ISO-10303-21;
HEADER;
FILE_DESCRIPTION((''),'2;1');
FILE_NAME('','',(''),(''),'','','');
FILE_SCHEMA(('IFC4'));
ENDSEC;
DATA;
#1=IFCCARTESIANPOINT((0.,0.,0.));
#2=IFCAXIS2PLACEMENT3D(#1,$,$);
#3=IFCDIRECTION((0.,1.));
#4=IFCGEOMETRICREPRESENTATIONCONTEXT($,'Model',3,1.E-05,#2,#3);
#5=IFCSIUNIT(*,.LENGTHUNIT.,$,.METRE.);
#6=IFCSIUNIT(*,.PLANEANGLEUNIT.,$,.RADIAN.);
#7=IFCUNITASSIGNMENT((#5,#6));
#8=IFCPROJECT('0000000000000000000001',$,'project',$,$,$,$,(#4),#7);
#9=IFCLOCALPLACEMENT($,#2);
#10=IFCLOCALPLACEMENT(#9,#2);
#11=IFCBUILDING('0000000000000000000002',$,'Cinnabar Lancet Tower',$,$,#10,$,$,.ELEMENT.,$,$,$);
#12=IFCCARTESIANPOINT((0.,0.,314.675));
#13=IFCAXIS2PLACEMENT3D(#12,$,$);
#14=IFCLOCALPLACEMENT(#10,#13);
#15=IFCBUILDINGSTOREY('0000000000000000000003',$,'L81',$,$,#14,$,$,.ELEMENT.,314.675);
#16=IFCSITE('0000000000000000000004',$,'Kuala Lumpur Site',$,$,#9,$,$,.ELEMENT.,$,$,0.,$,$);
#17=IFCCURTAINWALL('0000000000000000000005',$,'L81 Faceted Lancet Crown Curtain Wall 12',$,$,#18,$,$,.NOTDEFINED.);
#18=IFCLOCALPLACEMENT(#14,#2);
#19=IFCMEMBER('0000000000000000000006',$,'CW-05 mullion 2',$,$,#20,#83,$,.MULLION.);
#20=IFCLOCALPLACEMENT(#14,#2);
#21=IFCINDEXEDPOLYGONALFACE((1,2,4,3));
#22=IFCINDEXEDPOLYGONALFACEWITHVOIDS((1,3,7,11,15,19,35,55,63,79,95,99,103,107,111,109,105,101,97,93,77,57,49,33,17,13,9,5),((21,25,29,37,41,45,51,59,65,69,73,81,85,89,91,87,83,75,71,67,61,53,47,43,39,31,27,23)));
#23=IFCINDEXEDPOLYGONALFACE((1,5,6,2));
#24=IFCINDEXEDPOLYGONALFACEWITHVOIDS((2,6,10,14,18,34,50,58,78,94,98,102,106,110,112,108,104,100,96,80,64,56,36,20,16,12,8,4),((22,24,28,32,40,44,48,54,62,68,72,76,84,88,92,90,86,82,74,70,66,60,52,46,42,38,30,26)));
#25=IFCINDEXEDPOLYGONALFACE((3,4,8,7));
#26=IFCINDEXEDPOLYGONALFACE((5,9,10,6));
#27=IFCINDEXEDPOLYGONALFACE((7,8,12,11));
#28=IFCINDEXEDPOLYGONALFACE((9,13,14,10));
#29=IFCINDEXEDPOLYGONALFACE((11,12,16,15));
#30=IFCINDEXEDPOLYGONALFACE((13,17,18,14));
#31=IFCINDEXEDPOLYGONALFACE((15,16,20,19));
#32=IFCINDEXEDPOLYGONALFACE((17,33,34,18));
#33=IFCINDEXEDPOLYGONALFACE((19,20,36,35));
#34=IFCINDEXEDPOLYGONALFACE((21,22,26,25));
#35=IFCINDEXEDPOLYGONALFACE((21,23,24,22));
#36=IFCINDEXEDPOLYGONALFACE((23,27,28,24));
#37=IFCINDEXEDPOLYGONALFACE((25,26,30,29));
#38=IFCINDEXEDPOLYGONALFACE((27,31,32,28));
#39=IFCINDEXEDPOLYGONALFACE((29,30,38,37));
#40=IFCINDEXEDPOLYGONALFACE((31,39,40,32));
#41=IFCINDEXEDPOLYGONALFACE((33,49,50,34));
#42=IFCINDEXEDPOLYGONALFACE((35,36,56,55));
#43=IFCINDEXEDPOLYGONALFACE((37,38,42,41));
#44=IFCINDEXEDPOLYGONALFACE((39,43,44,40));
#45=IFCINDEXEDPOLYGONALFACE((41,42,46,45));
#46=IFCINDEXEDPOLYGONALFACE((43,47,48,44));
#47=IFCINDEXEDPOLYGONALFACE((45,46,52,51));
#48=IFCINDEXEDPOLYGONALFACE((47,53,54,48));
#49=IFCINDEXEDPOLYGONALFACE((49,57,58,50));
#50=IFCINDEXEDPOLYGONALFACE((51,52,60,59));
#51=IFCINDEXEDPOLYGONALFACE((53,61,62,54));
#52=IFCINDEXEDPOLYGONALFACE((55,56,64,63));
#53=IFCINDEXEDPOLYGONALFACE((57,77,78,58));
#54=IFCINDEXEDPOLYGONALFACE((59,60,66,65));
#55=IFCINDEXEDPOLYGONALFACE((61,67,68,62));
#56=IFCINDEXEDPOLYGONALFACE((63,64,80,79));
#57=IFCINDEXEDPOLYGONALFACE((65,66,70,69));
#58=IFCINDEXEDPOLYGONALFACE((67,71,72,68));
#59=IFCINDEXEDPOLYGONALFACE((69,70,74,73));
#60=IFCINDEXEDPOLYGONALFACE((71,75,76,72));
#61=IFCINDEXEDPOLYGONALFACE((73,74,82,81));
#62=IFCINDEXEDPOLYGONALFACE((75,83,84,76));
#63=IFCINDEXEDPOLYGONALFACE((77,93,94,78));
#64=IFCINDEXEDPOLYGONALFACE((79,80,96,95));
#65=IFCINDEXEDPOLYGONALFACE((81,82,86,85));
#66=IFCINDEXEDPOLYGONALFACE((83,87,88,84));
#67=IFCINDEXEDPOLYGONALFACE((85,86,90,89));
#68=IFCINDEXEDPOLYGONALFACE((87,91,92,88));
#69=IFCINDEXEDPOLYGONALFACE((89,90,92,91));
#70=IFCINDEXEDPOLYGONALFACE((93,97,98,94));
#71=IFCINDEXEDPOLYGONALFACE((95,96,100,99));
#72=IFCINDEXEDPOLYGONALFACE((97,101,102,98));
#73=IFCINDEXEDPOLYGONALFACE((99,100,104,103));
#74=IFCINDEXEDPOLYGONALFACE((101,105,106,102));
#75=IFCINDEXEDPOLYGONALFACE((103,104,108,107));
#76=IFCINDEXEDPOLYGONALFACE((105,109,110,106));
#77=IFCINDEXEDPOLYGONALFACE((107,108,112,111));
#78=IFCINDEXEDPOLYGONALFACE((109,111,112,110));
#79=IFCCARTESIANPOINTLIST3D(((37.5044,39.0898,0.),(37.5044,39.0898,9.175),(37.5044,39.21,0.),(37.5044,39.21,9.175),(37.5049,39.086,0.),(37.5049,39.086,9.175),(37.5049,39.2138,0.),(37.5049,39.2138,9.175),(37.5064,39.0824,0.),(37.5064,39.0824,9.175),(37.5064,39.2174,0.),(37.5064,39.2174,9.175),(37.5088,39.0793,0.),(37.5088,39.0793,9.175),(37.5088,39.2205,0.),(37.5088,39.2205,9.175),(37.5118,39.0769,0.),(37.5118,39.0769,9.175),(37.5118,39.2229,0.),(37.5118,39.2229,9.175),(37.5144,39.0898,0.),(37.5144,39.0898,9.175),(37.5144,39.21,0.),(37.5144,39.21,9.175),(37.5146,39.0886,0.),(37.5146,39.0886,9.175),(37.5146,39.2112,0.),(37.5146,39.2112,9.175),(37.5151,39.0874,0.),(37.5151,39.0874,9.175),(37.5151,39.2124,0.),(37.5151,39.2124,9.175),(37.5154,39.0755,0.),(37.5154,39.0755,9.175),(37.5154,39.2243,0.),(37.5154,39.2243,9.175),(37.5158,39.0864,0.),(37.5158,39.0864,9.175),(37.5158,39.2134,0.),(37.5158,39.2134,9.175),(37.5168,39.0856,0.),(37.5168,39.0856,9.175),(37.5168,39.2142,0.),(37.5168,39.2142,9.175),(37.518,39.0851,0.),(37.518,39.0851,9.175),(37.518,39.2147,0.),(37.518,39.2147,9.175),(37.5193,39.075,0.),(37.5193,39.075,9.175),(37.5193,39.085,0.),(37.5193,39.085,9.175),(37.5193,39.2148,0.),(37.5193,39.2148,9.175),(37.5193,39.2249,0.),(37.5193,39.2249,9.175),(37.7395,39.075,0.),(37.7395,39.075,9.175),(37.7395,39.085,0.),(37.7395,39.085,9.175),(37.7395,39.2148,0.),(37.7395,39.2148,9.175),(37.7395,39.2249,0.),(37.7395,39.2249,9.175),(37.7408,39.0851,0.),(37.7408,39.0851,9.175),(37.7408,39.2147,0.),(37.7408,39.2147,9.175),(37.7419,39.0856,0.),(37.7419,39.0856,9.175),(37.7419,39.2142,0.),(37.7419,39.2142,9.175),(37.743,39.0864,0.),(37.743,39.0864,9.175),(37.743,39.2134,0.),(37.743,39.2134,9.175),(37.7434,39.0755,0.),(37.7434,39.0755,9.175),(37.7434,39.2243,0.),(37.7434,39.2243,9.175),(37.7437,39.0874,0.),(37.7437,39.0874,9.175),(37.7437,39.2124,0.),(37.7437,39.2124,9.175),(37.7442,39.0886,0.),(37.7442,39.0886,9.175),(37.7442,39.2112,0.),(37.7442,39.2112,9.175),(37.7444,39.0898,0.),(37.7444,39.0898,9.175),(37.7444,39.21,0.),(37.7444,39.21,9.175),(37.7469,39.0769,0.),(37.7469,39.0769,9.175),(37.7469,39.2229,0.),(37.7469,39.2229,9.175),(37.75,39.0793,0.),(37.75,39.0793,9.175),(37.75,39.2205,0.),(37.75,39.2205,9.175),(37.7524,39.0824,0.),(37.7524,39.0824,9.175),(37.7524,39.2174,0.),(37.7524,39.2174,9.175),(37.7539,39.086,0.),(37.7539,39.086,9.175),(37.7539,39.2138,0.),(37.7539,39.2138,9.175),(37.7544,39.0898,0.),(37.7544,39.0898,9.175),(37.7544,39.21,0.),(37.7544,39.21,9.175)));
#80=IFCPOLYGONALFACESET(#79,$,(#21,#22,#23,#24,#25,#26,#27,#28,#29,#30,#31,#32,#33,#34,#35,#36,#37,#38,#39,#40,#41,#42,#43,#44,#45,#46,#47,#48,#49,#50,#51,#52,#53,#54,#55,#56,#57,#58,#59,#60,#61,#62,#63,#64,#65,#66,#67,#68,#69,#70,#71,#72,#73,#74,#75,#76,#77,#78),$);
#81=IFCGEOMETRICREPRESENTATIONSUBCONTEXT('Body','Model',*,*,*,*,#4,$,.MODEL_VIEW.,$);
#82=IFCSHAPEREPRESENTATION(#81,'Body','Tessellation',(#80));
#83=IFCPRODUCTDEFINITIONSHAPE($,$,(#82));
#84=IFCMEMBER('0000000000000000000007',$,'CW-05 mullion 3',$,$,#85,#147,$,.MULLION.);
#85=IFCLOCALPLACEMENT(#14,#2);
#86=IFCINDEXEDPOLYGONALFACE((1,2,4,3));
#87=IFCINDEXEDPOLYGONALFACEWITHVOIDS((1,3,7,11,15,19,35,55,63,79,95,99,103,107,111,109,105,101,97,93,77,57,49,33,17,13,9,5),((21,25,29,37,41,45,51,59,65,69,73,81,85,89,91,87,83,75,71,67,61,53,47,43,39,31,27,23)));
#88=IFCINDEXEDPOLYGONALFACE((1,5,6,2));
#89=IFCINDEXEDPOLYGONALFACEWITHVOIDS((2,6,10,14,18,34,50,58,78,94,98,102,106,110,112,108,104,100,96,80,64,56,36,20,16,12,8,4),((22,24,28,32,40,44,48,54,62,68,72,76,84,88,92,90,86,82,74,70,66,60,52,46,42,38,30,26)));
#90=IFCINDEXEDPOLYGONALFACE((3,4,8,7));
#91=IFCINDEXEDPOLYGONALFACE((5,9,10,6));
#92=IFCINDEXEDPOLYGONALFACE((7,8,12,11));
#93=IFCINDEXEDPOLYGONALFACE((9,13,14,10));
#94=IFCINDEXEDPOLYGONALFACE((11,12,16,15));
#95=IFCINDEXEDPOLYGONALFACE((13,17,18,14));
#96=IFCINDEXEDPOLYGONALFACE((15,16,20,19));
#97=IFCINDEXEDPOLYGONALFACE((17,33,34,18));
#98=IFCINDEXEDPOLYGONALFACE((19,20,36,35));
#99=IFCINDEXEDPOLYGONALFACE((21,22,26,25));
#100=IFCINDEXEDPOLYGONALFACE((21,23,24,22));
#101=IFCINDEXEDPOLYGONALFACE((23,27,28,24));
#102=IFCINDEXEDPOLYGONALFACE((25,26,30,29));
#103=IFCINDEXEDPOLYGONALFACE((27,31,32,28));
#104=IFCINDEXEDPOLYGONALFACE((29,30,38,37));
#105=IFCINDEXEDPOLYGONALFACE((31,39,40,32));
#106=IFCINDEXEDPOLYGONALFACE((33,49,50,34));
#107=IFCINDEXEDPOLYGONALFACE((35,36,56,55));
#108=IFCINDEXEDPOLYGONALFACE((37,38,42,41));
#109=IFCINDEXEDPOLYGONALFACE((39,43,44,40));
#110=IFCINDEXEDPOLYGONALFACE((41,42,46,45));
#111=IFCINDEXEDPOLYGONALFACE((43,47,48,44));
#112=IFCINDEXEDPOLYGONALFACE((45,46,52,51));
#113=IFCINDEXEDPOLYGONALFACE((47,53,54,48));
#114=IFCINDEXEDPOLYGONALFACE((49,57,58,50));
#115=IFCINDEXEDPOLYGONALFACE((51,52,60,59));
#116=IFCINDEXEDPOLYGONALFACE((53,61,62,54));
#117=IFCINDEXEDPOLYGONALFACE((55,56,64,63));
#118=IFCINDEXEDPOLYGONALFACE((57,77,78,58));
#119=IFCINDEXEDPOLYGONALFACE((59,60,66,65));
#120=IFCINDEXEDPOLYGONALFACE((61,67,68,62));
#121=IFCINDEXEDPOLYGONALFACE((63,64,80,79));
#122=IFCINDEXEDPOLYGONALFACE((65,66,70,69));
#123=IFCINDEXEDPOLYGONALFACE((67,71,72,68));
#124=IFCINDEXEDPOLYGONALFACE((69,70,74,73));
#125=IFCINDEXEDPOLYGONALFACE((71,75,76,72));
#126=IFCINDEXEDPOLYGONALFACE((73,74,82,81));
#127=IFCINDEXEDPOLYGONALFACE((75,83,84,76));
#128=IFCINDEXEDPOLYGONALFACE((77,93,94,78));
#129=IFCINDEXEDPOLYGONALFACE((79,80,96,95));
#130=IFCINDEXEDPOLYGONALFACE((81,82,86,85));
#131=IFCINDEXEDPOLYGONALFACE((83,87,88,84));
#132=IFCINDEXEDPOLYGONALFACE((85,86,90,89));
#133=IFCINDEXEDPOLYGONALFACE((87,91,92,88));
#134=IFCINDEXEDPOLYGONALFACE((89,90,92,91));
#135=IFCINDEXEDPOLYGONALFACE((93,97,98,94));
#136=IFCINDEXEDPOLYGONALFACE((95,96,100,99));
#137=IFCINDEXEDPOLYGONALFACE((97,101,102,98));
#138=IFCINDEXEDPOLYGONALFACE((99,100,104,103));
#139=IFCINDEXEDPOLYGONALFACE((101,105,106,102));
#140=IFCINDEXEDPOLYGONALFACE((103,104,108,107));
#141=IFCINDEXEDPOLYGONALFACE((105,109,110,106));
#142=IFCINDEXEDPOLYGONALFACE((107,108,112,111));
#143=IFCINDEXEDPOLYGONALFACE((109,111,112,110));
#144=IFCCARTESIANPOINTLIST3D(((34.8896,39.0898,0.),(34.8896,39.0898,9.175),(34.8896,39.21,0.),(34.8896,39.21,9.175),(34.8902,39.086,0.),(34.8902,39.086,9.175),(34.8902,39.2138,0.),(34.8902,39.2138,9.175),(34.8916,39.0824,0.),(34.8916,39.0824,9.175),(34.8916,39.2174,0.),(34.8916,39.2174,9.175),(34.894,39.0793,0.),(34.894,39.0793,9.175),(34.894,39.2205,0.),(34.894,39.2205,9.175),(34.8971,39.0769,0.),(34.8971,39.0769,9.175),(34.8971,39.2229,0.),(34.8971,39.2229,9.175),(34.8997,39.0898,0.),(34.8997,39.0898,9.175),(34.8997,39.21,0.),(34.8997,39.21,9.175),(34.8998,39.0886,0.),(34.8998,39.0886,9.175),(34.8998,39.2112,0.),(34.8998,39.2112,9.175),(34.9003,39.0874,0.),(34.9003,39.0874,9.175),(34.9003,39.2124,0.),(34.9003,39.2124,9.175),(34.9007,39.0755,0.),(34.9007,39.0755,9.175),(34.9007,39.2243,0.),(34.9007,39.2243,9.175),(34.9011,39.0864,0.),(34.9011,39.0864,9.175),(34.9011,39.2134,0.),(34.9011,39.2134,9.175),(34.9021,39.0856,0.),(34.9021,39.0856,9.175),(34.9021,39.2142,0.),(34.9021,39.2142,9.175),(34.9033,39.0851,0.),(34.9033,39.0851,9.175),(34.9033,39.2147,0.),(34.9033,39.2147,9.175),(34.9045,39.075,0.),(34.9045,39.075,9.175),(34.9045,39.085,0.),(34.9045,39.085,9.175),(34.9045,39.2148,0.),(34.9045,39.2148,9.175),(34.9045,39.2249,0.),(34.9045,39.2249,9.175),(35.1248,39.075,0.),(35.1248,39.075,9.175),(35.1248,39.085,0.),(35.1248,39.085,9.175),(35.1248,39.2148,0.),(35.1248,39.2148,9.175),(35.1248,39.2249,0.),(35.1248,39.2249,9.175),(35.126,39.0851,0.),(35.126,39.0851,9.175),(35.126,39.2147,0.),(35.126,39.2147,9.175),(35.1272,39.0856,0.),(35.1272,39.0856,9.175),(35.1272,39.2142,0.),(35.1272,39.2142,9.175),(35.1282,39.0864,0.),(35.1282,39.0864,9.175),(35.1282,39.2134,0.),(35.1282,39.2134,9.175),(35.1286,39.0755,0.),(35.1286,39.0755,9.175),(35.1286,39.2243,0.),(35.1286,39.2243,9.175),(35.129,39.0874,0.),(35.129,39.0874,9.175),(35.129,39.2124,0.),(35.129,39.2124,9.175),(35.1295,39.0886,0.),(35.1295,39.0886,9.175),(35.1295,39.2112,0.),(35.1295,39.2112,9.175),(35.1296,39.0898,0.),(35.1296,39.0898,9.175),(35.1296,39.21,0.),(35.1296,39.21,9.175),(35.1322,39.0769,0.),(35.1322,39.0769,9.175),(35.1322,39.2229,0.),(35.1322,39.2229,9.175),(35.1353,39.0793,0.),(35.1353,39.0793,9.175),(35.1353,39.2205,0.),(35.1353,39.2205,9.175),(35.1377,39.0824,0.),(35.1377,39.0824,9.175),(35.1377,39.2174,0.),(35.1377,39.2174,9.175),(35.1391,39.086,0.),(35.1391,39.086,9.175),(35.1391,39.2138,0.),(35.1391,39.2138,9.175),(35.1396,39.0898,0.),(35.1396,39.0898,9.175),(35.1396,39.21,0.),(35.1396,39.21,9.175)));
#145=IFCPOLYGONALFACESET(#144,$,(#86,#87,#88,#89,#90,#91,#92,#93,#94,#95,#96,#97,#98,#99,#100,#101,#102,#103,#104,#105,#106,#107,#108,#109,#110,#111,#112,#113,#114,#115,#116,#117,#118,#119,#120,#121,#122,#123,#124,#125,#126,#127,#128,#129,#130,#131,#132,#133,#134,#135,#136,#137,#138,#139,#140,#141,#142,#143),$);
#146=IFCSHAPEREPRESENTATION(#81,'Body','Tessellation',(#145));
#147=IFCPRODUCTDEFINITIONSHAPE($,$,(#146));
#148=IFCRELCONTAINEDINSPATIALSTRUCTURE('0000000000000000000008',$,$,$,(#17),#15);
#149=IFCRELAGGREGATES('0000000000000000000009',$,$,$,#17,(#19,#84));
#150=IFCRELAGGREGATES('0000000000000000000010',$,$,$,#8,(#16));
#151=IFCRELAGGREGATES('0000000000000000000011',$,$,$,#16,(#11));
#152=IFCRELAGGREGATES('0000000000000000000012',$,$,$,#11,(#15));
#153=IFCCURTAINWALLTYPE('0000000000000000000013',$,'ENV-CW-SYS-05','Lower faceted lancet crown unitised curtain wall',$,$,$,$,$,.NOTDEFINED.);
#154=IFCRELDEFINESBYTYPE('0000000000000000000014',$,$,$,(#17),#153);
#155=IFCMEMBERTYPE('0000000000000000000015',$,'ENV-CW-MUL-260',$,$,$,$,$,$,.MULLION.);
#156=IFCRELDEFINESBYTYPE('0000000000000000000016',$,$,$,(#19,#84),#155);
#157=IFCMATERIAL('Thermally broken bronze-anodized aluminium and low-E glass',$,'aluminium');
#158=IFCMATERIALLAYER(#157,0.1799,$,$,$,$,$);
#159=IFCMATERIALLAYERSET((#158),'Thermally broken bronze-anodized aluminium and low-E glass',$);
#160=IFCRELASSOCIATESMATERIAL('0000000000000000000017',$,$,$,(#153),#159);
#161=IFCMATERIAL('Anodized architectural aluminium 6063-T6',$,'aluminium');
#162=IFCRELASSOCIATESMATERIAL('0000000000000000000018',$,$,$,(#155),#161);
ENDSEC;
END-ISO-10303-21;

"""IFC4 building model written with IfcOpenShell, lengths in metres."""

from ifc_helpers import new_model, si_unit, direction, frame, origin, origin_2d, place, context, subcontext, project, spatial, hollow_rectangle, extrude, material, layer, layer_set, material_profile, profile_set, type_object, element, aggregate, save


model = new_model("IFC4")

# Units and contexts
model_context = context("Model", 3, precision=1e-05, world=origin(), true_north=direction((0.0, 1.0)))
body_context = subcontext(model_context, "Body", "Model", "MODEL_VIEW")
ifc_project = project(units=[si_unit("LENGTHUNIT", "METRE"), si_unit("PLANEANGLEUNIT", "RADIAN")], contexts=[model_context])

# Site, building, storey
site_placement = place(None, origin())
site = spatial("IfcSite", under=ifc_project, at=site_placement, Name="Kuala Lumpur Site", CompositionType="ELEMENT", RefElevation=0.0)
building_placement = place(site_placement, origin())
building = spatial("IfcBuilding", under=site, at=building_placement, Name="Cinnabar Lancet Tower", CompositionType="ELEMENT")
storey_placement = place(building_placement, frame((0.0, 0.0, 314.675)))
storey = spatial("IfcBuildingStorey", under=building, at=storey_placement, Name="L81", CompositionType="ELEMENT", Elevation=314.675)

# Shared definitions
ifc_material_1 = material(Name="Thermally broken bronze-anodized aluminium and low-E glass", Category="aluminium")
ifc_layer_1 = layer(ifc_material_1, 0.1799)
ifc_layer_set_1 = layer_set([ifc_layer_1], Name="Thermally broken bronze-anodized aluminium and low-E glass")
curtain_wall_type = type_object("IfcCurtainWallType", Name="ENV-CW-SYS-05", Description="Lower faceted lancet crown unitised curtain wall", PredefinedType="NOTDEFINED", material=ifc_layer_set_1)
ifc_material_2 = material(Name="Anodized architectural aluminium 6063-T6", Category="aluminium")
ifc_material_profile_1 = material_profile(ifc_material_2, hollow_rectangle(XDim=0.1499, YDim=0.25, WallThickness=0.01, InnerFilletRadius=0.0049, OuterFilletRadius=0.0149, at=origin_2d()), Name="RHS 250x150x10")
ifc_profile_set_1 = profile_set([ifc_material_profile_1], Name="Anodized architectural aluminium 6063-T6")
member_type_1 = type_object("IfcMemberType", Name="ENV-CW-MUL-260", PredefinedType="MULLION", material=ifc_profile_set_1)

# Curtain wall, members
curtain_wall_1_placement = place(storey_placement, origin())
curtain_wall_1 = element("IfcCurtainWall", 1, at=curtain_wall_1_placement, inside=storey, type_object=curtain_wall_type, Name="L81 Faceted Lancet Crown Curtain Wall 12", PredefinedType="NOTDEFINED")
member_1_placement = place(storey_placement, frame((37.6294, 39.1499, 0.0), z_axis=(0.0, 0.0, 1.0), x_axis=(0.0, -1.0, 0.0)))
member_1 = element("IfcMember", 2, at=member_1_placement, type_object=member_type_1, Name="CW-05 mullion 2", PredefinedType="MULLION", context=body_context, shape_type="SweptSolid", body=[
    extrude(hollow_rectangle(XDim=0.1499, YDim=0.25, WallThickness=0.01, InnerFilletRadius=0.0049, OuterFilletRadius=0.0149, at=origin_2d()), origin(), (0.0, 0.0, 1.0), 9.175),
])
member_2_placement = place(storey_placement, frame((35.0146, 39.1499, 0.0), z_axis=(0.0, 0.0, 1.0), x_axis=(0.0, -1.0, 0.0)))
member_2 = element("IfcMember", 3, at=member_2_placement, type_object=member_type_1, Name="CW-05 mullion 3", PredefinedType="MULLION", context=body_context, shape_type="SweptSolid", body=[
    extrude(hollow_rectangle(XDim=0.1499, YDim=0.25, WallThickness=0.01, InnerFilletRadius=0.0049, OuterFilletRadius=0.0149, at=origin_2d()), origin(), (0.0, 0.0, 1.0), 9.175),
])

aggregate(curtain_wall_1, [member_1, member_2])

save(model, "model.ifc")
